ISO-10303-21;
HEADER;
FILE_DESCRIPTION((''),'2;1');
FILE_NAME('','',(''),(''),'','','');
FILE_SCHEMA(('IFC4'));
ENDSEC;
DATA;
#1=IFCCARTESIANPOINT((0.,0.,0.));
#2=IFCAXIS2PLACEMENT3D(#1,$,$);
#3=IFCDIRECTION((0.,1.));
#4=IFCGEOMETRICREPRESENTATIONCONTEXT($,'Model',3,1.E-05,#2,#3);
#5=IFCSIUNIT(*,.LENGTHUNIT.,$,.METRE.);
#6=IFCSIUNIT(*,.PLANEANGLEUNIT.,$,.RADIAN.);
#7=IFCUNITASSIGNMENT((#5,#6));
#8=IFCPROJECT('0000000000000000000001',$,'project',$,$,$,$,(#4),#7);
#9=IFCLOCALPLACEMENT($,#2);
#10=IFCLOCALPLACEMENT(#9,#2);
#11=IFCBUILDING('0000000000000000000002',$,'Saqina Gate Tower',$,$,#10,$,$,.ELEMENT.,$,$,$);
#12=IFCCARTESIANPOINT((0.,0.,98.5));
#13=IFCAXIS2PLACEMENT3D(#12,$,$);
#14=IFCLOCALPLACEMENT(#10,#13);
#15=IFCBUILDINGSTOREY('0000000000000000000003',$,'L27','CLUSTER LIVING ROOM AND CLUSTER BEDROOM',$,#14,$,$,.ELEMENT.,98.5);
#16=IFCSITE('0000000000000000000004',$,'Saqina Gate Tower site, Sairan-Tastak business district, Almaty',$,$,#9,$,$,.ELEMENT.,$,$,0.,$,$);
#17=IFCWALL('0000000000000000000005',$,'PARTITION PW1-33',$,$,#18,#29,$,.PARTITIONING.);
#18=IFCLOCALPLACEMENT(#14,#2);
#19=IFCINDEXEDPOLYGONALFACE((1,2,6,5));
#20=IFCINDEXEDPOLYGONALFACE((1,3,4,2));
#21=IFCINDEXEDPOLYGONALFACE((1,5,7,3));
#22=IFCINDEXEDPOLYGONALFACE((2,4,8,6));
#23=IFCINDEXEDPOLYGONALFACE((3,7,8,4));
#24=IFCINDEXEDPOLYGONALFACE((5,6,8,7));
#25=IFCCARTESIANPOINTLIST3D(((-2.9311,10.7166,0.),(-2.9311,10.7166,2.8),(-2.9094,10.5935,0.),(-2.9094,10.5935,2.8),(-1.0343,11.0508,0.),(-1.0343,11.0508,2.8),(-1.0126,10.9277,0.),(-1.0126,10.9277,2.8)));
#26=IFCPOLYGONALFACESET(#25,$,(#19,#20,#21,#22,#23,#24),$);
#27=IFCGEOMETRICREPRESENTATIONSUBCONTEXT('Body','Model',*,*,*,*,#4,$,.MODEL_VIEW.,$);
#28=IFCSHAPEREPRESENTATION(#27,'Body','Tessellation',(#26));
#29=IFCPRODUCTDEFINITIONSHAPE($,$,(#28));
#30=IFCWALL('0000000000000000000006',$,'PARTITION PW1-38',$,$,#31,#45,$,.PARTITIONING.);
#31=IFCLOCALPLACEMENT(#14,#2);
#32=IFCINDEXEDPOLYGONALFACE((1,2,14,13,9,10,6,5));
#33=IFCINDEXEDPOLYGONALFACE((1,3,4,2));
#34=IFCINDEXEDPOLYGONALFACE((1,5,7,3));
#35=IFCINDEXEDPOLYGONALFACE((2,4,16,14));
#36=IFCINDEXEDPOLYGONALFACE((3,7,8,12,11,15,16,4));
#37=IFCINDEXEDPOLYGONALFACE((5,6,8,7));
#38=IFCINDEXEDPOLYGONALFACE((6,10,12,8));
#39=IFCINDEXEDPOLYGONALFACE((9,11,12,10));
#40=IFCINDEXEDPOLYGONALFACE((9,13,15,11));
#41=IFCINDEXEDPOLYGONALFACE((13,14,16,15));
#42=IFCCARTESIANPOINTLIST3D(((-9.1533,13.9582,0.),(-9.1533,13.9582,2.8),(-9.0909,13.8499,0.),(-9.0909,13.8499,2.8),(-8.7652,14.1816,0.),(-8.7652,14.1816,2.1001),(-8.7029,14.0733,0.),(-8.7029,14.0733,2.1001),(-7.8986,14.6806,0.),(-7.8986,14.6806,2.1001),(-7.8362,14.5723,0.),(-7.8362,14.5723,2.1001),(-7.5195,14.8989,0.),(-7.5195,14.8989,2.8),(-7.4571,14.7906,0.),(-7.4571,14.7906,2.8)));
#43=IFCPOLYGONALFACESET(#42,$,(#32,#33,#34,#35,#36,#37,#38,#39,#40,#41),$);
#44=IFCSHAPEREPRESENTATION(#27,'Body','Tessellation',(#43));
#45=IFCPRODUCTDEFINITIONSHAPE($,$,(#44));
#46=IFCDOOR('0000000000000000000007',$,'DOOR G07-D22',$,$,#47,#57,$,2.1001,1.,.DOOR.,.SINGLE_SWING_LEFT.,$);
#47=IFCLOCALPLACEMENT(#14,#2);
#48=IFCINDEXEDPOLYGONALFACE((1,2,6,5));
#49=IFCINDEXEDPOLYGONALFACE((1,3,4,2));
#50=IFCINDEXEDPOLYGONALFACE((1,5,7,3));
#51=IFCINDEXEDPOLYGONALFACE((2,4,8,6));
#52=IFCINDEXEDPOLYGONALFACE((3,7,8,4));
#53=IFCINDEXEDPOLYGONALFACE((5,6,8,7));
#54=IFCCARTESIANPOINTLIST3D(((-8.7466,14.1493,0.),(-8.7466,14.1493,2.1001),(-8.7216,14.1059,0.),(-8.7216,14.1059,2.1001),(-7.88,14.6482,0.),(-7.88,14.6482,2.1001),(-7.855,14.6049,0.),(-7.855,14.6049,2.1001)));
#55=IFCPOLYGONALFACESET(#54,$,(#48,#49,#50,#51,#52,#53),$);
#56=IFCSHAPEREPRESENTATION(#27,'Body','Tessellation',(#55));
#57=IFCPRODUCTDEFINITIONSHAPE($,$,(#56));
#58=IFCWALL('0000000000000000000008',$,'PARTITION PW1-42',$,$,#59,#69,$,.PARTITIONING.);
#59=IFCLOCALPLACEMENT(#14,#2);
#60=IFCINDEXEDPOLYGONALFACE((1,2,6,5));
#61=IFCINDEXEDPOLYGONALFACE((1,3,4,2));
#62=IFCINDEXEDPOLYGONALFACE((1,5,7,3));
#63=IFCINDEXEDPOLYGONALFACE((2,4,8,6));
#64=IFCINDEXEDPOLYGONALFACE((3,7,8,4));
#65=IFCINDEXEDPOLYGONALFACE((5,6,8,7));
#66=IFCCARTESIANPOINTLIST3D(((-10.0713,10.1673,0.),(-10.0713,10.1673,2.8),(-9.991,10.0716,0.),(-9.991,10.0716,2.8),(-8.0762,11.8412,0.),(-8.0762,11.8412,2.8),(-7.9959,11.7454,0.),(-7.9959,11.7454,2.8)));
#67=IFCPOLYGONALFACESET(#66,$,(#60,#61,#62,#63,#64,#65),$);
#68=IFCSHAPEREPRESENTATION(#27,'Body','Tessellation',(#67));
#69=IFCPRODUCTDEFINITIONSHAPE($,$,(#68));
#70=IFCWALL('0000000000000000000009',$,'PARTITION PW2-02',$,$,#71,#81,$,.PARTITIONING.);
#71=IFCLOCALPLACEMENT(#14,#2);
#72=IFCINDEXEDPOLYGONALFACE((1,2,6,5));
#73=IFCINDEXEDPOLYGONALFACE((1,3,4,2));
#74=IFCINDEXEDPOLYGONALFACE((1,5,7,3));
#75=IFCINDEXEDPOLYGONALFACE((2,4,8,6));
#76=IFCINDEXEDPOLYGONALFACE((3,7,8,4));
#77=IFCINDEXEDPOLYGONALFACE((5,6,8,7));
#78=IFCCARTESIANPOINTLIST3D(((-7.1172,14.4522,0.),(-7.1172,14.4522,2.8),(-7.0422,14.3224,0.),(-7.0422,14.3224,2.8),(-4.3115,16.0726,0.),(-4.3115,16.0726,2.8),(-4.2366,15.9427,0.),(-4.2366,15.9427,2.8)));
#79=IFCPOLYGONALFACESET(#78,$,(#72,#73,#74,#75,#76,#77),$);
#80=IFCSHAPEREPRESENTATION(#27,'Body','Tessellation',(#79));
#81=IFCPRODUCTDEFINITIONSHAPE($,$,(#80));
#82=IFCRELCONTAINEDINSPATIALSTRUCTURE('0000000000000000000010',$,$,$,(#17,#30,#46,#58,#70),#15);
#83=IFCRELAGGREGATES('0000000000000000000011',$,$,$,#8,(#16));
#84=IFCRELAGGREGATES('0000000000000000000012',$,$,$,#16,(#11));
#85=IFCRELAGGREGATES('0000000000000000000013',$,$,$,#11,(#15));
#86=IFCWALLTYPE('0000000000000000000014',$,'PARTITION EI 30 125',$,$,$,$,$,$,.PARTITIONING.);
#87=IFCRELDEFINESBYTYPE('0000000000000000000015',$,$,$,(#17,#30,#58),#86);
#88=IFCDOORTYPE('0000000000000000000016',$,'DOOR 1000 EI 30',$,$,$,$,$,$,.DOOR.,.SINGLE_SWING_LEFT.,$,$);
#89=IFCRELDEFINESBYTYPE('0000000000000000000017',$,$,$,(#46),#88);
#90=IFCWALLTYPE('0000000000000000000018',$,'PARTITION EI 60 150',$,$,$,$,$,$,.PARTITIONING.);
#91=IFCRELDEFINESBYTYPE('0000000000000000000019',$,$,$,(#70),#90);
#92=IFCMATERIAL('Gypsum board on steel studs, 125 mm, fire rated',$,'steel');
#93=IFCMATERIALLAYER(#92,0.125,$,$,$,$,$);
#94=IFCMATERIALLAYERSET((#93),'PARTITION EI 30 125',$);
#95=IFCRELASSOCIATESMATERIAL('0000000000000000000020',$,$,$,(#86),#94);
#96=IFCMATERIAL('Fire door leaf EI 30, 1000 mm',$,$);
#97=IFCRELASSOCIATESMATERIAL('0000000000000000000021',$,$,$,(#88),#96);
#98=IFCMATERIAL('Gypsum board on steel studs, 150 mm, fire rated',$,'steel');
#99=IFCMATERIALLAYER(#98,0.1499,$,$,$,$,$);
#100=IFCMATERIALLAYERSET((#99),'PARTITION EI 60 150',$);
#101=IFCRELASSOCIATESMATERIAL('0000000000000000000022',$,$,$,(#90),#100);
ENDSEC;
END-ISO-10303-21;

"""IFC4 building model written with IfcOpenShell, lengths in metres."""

from ifc_helpers import new_model, si_unit, direction, frame, frame_2d, origin, place, context, subcontext, project, spatial, rectangle, extrude, material, layer, layer_set, type_object, element, fill, save


model = new_model("IFC4")

# Units and contexts
model_context = context("Model", 3, precision=1e-05, world=origin(), true_north=direction((0.0, 1.0)))
body_context = subcontext(model_context, "Body", "Model", "MODEL_VIEW")
ifc_project = project(units=[si_unit("LENGTHUNIT", "METRE"), si_unit("PLANEANGLEUNIT", "RADIAN")], contexts=[model_context])

# Site, building, storey
site_placement = place(None, origin())
site = spatial("IfcSite", under=ifc_project, at=site_placement, Name="Saqina Gate Tower site, Sairan-Tastak business district, Almaty", CompositionType="ELEMENT", RefElevation=0.0)
building_placement = place(site_placement, origin())
building = spatial("IfcBuilding", under=site, at=building_placement, Name="Saqina Gate Tower", CompositionType="ELEMENT")
storey_placement = place(building_placement, frame((0.0, 0.0, 98.5)))
storey = spatial("IfcBuildingStorey", under=building, at=storey_placement, Name="L27", Description="CLUSTER LIVING ROOM AND CLUSTER BEDROOM", CompositionType="ELEMENT", Elevation=98.5)

# Shared definitions
ifc_material_1 = material(Name="Gypsum board on steel studs, 125 mm, fire rated", Category="steel")
ifc_layer_1 = layer(ifc_material_1, 0.125)
ifc_layer_set_1 = layer_set([ifc_layer_1], Name="PARTITION EI 30 125")
wall_type_1 = type_object("IfcWallType", Name="PARTITION EI 30 125", PredefinedType="PARTITIONING", material=ifc_layer_set_1)

# Shared definitions
ifc_material_2 = material(Name="Fire door leaf EI 30, 1000 mm")
door_type_1 = type_object("IfcDoorType", Name="DOOR 1000 EI 30", OperationType="SINGLE_SWING_LEFT", PredefinedType="DOOR", material=ifc_material_2)

# Wall
wall_1_placement = place(storey_placement, frame((-2.9202, 10.655, 0.0), z_axis=(0.0, 0.0, 1.0), x_axis=(0.984827, 0.173539, 0.0)))
element("IfcWall", 1, at=wall_1_placement, inside=storey, type_object=wall_type_1, Name="PARTITION PW1-33", PredefinedType="PARTITIONING", context=body_context, shape_type="SweptSolid", body=[
    extrude(rectangle(XDim=1.926, YDim=0.125, at=frame_2d((0.9629, 0.0))), origin(), (0.0, 0.0, 1.0), 2.8),
])

# Wall, opening, door
wall_2_placement = place(storey_placement, frame((-9.1221, 13.9041, 0.0), z_axis=(0.0, 0.0, 1.0), x_axis=(0.866621, 0.498967, 0.0)))
wall_2 = element("IfcWall", 2, at=wall_2_placement, inside=storey, type_object=wall_type_1, Name="PARTITION PW1-38", PredefinedType="PARTITIONING", context=body_context, shape_type="SweptSolid", body=[
    extrude(rectangle(XDim=1.8853, YDim=0.125, at=frame_2d((0.9426, 0.0))), origin(), (0.0, 0.0, 1.0), 2.8),
])
opening_1_placement = place(wall_2_placement, frame((0.4478, 0.0, 0.0)))
opening_1 = element("IfcOpeningElement", 3, at=opening_1_placement, cuts=wall_2, PredefinedType="OPENING", context=body_context, shape_type="SweptSolid", body=[
    extrude(rectangle(XDim=1.0, YDim=2.1001, at=frame_2d((0.5, 1.05))), frame((0.0, 0.0745, 0.0), z_axis=(0.0, -1.0, 0.0), x_axis=(1.0, 0.0, 0.0)), (0.0, 0.0, 1.0), 0.1489),
])
door_1_placement = place(opening_1_placement, frame((1.0, 0.0, 0.0), z_axis=(0.0, 0.0, 1.0), x_axis=(-1.0, 0.0, 0.0)))
door_1 = element("IfcDoor", 4, at=door_1_placement, inside=storey, type_object=door_type_1, Name="DOOR G07-D22", OperationType="SINGLE_SWING_LEFT", OverallHeight=2.1001, OverallWidth=1.0, PredefinedType="DOOR", context=body_context, shape_type="SweptSolid", body=[
    extrude(rectangle(XDim=1.0, YDim=2.1001, at=frame_2d((0.5, 1.05))), frame((0.0, 0.0249, 0.0), z_axis=(0.0, -1.0, 0.0), x_axis=(1.0, 0.0, 0.0)), (0.0, 0.0, 1.0), 0.05),
])
fill(opening_1, door_1)

# Walls
wall_3_placement = place(storey_placement, frame((-10.0312, 10.1194, 0.0), z_axis=(0.0, 0.0, 1.0), x_axis=(0.766096, 0.642726, 0.0)))
element("IfcWall", 5, at=wall_3_placement, inside=storey, type_object=wall_type_1, Name="PARTITION PW1-42", PredefinedType="PARTITIONING", context=body_context, shape_type="SweptSolid", body=[
    extrude(rectangle(XDim=2.6042, YDim=0.125, at=frame_2d((1.3022, 0.0))), origin(), (0.0, 0.0, 1.0), 2.8),
])
ifc_material_3 = material(Name="Gypsum board on steel studs, 150 mm, fire rated", Category="steel")
ifc_layer_2 = layer(ifc_material_3, 0.1499)
ifc_layer_set_2 = layer_set([ifc_layer_2], Name="PARTITION EI 60 150")
wall_type_2 = type_object("IfcWallType", Name="PARTITION EI 60 150", PredefinedType="PARTITIONING", material=ifc_layer_set_2)
wall_4_placement = place(storey_placement, frame((-7.0798, 14.3872, 0.0), z_axis=(0.0, 0.0, 1.0), x_axis=(0.865957, 0.500118, 0.0)))
element("IfcWall", 6, at=wall_4_placement, inside=storey, type_object=wall_type_2, Name="PARTITION PW2-02", PredefinedType="PARTITIONING", context=body_context, shape_type="SweptSolid", body=[
    extrude(rectangle(XDim=3.24, YDim=0.1499, at=frame_2d((1.6201, 0.0))), origin(), (0.0, 0.0, 1.0), 2.8),
])

save(model, "model.ifc")
